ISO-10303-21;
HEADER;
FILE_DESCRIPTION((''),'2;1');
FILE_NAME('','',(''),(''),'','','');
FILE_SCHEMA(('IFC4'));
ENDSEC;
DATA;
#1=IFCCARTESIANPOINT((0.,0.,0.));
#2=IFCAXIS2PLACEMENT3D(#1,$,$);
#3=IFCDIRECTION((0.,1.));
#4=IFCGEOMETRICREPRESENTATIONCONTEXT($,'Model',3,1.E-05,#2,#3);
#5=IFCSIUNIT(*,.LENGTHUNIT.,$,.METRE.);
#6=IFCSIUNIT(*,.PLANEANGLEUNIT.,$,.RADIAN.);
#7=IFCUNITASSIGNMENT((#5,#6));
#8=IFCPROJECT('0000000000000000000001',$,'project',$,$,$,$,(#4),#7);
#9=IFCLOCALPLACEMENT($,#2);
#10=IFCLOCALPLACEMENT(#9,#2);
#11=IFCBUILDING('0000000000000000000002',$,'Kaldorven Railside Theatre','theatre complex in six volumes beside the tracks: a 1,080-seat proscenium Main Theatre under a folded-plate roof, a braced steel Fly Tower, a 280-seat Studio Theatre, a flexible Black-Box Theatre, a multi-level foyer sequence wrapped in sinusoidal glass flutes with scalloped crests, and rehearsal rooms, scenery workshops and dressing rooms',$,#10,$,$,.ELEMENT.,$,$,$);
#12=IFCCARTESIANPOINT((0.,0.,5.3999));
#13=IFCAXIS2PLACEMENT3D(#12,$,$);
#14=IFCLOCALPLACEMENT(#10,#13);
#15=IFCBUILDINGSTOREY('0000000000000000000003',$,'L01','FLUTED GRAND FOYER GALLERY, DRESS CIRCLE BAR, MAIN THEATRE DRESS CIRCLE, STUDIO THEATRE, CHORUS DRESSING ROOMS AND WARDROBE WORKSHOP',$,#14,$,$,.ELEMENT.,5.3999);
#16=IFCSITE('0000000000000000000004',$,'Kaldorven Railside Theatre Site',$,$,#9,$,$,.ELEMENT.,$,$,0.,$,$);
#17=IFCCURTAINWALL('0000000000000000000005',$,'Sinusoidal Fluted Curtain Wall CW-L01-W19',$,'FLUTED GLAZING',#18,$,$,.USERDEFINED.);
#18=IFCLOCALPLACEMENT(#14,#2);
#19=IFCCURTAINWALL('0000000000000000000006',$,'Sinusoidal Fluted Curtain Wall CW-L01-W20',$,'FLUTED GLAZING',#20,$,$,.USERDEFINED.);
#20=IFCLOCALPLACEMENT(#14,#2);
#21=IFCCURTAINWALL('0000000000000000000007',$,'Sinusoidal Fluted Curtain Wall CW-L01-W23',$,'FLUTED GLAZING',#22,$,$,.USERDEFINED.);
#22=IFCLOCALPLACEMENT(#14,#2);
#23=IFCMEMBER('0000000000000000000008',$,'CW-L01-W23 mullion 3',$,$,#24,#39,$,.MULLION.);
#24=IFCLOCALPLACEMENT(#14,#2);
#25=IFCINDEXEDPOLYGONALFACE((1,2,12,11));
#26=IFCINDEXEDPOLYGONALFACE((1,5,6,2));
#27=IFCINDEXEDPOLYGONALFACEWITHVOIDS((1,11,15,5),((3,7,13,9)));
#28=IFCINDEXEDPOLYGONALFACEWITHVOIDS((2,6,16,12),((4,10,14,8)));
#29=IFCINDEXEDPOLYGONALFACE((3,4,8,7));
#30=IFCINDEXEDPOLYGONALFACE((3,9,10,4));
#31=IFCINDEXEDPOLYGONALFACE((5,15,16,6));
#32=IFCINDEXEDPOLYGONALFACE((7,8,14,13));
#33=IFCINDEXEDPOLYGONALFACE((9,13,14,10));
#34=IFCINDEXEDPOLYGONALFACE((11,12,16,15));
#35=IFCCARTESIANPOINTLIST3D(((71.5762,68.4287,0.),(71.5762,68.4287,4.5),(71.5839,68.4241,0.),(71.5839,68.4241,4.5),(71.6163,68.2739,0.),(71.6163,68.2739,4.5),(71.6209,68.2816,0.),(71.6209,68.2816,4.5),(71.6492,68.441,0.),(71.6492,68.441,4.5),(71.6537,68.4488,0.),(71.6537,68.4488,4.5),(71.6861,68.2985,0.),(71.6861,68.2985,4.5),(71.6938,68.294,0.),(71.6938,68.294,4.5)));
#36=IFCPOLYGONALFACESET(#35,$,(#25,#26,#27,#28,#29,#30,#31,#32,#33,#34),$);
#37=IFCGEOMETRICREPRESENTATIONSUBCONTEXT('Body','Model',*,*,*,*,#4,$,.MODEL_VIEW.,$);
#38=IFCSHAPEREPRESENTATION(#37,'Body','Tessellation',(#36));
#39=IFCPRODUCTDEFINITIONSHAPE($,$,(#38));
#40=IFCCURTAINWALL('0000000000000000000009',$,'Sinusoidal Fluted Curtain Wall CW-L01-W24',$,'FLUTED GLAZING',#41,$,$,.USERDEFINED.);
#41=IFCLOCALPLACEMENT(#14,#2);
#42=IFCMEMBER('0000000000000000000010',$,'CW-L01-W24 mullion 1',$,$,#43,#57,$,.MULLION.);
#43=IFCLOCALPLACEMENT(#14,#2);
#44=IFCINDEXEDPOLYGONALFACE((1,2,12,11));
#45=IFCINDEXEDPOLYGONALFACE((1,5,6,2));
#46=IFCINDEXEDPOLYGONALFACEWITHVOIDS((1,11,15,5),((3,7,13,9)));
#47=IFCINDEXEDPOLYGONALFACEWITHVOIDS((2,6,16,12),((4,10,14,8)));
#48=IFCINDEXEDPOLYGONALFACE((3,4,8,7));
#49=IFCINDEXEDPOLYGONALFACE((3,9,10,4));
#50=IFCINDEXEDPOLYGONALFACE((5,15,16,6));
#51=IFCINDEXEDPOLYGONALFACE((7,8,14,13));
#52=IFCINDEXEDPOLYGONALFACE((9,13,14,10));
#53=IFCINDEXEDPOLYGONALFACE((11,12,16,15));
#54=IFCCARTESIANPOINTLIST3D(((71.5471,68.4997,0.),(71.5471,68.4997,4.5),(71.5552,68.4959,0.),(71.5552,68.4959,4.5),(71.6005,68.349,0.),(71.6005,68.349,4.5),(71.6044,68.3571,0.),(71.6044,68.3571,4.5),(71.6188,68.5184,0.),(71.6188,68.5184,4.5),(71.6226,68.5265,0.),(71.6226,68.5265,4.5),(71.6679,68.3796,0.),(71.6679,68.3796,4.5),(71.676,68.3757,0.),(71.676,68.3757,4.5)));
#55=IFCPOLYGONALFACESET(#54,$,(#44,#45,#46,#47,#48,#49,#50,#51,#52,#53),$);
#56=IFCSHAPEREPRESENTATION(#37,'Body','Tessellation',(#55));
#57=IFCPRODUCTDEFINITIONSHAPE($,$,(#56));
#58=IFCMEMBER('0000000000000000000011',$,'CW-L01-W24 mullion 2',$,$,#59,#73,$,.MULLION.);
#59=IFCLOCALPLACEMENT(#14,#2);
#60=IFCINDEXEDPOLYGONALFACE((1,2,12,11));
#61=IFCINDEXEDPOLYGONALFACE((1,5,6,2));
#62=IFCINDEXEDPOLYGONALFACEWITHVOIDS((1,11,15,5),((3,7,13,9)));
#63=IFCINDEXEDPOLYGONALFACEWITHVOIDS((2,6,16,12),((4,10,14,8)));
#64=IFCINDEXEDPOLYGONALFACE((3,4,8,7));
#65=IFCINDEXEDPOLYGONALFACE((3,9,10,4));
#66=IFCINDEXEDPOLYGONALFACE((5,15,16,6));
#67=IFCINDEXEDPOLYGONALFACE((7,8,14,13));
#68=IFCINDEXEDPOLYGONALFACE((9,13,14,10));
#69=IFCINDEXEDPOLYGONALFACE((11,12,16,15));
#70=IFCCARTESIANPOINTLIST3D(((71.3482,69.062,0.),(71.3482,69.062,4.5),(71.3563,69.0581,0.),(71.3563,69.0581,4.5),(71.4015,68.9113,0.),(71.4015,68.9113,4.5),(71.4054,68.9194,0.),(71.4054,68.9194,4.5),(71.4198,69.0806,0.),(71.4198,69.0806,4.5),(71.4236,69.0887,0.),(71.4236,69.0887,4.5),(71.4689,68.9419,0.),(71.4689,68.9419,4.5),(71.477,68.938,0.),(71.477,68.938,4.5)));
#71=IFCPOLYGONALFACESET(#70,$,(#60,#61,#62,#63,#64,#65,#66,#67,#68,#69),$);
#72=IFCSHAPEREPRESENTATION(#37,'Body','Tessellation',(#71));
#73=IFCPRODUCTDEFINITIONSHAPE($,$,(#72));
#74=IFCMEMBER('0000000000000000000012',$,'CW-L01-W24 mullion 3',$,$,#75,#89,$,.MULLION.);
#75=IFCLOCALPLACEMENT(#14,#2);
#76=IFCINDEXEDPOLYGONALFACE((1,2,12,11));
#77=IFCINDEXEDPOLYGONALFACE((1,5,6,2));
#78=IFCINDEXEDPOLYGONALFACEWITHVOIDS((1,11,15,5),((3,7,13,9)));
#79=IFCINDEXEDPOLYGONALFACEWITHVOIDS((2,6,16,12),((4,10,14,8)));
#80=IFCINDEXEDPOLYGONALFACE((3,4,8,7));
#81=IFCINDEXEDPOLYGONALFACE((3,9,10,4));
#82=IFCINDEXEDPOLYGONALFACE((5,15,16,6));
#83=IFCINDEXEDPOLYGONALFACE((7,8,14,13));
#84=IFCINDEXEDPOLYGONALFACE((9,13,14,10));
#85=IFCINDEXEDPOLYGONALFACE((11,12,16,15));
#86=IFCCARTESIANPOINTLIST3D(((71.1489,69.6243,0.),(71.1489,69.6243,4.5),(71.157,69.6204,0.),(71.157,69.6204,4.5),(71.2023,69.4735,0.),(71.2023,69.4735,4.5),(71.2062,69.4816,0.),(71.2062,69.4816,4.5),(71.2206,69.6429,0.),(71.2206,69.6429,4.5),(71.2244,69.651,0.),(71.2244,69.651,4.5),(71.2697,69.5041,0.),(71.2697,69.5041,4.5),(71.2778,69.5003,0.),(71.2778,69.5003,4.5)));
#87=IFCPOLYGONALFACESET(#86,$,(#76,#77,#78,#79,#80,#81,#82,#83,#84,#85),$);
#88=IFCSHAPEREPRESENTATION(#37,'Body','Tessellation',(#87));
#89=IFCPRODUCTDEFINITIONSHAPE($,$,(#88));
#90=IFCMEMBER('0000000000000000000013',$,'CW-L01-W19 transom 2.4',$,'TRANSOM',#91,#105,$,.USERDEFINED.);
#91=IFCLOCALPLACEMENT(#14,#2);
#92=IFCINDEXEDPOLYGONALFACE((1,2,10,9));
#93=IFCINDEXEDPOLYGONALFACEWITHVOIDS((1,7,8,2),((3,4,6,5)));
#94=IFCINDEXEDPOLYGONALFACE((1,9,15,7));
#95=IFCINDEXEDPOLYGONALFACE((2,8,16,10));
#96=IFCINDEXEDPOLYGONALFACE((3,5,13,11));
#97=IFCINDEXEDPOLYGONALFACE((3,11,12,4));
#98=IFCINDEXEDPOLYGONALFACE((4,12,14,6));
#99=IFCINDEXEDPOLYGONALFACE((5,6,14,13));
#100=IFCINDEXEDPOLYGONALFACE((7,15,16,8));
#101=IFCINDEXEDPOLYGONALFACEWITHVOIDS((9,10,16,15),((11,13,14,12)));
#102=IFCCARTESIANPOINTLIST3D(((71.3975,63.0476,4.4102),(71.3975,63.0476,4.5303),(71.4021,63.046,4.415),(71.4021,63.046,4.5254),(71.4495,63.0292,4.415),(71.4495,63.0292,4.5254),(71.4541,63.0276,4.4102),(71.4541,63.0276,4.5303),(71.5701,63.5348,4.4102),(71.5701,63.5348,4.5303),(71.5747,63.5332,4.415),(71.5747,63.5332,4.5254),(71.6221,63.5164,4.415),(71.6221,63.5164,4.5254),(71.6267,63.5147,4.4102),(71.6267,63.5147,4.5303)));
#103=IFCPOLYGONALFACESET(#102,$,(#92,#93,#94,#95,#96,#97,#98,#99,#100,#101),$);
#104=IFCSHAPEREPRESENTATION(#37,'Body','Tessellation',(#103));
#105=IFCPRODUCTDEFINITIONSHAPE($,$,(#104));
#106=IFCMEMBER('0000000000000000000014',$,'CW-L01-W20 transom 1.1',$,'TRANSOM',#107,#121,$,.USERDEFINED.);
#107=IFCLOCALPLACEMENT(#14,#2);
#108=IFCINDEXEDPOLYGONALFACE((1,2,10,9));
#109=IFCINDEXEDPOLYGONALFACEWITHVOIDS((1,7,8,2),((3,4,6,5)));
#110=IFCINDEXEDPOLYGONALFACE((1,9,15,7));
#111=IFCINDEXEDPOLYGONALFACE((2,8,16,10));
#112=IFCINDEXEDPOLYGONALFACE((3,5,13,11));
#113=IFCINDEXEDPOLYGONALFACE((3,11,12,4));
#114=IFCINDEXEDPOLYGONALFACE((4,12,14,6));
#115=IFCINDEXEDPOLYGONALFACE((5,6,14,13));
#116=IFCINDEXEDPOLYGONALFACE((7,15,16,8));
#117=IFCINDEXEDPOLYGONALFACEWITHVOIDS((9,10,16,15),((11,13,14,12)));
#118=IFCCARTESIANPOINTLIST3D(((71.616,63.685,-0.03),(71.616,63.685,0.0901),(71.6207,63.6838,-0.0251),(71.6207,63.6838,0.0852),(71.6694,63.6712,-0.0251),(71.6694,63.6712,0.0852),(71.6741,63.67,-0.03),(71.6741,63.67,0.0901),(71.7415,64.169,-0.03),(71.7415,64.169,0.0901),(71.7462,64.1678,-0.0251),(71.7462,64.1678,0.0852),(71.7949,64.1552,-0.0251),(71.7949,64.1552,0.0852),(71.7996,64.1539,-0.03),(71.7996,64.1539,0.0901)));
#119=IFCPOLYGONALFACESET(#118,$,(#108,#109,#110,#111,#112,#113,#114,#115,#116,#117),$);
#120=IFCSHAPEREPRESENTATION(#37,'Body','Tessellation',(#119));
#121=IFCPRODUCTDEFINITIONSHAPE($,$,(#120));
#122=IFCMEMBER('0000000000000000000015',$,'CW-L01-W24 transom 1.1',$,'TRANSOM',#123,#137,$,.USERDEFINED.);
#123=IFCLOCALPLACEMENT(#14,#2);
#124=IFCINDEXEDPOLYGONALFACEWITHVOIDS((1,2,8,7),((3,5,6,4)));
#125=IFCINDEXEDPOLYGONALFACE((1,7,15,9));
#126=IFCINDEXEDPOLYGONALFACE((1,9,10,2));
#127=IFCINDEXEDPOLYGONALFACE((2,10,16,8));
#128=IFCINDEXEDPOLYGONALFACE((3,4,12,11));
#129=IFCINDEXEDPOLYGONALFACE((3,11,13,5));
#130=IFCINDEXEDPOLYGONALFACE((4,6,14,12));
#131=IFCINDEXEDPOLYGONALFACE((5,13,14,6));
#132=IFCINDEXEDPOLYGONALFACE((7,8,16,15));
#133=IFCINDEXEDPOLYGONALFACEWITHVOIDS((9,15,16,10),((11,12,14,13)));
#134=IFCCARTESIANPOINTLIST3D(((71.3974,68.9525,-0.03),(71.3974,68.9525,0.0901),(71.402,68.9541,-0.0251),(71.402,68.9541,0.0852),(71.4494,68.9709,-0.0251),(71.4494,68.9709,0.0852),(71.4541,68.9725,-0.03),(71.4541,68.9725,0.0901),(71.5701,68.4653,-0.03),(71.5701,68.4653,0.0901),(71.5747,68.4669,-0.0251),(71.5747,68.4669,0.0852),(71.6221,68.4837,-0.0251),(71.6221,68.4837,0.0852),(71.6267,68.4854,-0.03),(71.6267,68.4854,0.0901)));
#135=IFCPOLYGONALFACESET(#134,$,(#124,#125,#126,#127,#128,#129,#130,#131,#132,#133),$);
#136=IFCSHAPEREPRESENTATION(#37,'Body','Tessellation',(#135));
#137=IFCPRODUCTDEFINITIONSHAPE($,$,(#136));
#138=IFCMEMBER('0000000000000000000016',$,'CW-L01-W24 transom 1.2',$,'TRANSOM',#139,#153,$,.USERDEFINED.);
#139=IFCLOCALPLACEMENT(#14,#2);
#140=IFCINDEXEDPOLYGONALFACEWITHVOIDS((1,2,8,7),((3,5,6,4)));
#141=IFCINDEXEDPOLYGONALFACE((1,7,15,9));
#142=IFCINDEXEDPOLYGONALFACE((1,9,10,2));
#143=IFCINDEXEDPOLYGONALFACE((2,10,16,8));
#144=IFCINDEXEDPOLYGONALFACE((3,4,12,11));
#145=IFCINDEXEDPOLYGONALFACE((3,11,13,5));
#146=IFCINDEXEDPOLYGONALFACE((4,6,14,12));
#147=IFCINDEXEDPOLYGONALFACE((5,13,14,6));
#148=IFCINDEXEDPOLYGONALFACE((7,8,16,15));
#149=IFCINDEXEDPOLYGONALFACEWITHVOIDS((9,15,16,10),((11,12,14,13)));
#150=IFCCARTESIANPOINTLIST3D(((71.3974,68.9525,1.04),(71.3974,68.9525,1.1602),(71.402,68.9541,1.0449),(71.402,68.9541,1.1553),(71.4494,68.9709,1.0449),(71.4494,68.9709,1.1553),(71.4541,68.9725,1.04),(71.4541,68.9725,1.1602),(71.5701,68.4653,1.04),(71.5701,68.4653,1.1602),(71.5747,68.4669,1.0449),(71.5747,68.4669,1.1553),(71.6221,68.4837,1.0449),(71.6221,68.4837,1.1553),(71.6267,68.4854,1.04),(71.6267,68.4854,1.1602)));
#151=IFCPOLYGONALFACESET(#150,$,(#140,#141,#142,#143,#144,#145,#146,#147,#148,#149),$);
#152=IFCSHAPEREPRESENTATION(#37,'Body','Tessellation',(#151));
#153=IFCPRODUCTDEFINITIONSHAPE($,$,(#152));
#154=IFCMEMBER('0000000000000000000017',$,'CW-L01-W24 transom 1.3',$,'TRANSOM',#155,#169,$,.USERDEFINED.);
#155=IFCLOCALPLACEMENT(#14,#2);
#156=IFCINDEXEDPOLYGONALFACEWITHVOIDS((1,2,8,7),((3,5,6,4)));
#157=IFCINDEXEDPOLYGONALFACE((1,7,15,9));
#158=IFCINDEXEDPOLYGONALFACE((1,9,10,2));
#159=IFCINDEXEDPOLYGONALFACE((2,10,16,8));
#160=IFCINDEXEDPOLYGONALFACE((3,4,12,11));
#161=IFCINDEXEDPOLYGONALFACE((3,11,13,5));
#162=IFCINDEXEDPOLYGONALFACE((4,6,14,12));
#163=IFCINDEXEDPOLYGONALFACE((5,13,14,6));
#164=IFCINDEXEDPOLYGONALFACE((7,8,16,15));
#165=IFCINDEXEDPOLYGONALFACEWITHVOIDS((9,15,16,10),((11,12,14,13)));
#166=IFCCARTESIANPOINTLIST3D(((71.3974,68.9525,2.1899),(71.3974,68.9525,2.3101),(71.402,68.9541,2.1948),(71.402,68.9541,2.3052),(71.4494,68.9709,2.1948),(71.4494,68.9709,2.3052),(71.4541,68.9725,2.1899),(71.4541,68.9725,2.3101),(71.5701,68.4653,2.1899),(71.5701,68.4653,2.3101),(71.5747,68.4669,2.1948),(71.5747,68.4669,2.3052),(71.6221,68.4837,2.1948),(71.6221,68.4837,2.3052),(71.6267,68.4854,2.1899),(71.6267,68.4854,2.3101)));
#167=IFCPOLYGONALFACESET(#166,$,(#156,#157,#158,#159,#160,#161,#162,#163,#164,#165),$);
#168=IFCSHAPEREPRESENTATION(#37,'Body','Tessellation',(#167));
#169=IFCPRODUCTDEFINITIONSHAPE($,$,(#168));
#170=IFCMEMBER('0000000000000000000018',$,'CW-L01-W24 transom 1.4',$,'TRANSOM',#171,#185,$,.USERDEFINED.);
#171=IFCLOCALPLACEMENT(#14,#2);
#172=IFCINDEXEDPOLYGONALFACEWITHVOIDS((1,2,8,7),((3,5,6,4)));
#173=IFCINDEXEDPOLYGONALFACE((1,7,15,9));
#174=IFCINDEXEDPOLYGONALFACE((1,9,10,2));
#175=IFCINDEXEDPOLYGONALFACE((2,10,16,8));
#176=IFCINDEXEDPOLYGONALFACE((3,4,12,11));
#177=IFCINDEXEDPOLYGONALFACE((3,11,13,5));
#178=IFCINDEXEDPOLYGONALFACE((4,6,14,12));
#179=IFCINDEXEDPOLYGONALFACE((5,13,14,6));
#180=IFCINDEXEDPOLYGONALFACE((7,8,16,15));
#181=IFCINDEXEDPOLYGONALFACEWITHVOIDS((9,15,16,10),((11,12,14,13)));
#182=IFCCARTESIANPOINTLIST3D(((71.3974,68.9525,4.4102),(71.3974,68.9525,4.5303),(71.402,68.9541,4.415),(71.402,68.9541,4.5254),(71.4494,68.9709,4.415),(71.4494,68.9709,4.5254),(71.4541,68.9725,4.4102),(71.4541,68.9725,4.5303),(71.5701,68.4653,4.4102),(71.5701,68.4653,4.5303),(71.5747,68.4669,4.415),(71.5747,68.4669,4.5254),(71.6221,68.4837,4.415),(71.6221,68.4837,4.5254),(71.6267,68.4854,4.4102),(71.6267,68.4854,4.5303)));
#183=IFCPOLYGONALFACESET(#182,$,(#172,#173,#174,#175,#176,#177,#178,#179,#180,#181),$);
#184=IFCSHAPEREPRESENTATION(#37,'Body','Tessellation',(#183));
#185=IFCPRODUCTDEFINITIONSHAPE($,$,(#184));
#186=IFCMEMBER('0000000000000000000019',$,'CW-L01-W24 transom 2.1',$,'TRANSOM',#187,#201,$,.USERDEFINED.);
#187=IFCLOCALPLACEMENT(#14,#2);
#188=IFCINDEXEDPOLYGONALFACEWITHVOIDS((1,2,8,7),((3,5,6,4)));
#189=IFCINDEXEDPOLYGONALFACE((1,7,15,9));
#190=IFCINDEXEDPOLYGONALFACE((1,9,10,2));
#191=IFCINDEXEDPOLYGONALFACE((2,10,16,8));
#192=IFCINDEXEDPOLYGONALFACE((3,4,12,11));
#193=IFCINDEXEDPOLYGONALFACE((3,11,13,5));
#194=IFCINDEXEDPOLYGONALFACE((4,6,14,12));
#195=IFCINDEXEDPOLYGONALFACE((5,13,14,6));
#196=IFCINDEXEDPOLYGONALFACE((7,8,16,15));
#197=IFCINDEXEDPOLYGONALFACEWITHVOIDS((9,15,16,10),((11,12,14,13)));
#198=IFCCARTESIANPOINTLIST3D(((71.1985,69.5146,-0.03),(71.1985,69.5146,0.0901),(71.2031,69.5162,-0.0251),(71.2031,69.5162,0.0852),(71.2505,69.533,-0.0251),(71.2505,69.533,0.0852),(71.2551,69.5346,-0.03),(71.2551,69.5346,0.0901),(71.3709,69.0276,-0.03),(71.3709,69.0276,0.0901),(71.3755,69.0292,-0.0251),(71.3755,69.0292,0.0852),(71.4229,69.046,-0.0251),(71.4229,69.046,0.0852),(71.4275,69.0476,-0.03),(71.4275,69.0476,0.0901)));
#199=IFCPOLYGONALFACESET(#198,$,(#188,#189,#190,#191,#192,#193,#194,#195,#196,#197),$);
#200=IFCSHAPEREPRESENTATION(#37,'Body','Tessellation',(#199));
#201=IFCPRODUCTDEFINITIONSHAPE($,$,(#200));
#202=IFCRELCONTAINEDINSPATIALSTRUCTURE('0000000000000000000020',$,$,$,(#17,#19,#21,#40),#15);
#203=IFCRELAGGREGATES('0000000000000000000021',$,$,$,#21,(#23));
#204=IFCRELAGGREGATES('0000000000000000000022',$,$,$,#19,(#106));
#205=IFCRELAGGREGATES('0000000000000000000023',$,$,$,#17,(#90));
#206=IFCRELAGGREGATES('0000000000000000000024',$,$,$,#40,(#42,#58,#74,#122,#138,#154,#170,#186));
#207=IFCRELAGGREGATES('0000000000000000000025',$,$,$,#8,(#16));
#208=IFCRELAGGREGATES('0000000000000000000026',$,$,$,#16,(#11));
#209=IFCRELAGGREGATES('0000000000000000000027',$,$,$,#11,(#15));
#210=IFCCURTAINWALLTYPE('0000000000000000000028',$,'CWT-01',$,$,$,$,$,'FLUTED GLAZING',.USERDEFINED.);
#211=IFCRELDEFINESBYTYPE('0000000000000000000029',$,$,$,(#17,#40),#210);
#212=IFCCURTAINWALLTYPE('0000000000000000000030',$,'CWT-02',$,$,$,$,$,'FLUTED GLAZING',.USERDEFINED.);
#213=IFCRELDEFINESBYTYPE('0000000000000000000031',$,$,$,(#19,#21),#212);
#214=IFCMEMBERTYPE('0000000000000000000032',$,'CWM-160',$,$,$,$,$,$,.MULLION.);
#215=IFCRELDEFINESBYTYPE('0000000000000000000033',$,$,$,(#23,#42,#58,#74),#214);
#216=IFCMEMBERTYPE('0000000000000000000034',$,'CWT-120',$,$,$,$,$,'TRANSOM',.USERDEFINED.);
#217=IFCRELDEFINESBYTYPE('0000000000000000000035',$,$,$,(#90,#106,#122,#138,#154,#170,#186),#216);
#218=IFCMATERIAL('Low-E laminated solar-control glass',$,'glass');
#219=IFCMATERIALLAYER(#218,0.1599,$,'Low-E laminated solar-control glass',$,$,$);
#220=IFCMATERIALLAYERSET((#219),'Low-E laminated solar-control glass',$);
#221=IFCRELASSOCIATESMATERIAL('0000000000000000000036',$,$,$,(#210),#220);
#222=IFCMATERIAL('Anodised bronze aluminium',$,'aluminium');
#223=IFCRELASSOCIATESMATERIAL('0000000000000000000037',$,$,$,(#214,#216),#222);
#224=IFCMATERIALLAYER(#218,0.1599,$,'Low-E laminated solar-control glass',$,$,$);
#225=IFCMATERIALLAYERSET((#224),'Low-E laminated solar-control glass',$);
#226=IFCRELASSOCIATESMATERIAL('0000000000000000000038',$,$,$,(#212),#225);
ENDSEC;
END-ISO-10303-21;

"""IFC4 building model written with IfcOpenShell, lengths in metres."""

from ifc_helpers import new_model, si_unit, direction, frame, origin, origin_2d, place, context, subcontext, project, spatial, hollow_rectangle, extrude, material, layer, layer_set, material_profile, profile_set, type_object, element, aggregate, save


model = new_model("IFC4")

# Units and contexts
model_context = context("Model", 3, precision=1e-05, world=origin(), true_north=direction((0.0, 1.0)))
body_context = subcontext(model_context, "Body", "Model", "MODEL_VIEW")
ifc_project = project(units=[si_unit("LENGTHUNIT", "METRE"), si_unit("PLANEANGLEUNIT", "RADIAN")], contexts=[model_context])

# Site, building, storey
site_placement = place(None, origin())
site = spatial("IfcSite", under=ifc_project, at=site_placement, Name="Kaldorven Railside Theatre Site", CompositionType="ELEMENT", RefElevation=0.0)
building_placement = place(site_placement, origin())
building = spatial("IfcBuilding", under=site, at=building_placement, Name="Kaldorven Railside Theatre", Description="theatre complex in six volumes beside the tracks: a 1,080-seat proscenium Main Theatre under a folded-plate roof, a braced steel Fly Tower, a 280-seat Studio Theatre, a flexible Black-Box Theatre, a multi-level foyer sequence wrapped in sinusoidal glass flutes with scalloped crests, and rehearsal rooms, scenery workshops and dressing rooms", CompositionType="ELEMENT")
storey_placement = place(building_placement, frame((0.0, 0.0, 5.3999)))
storey = spatial("IfcBuildingStorey", under=building, at=storey_placement, Name="L01", Description="FLUTED GRAND FOYER GALLERY, DRESS CIRCLE BAR, MAIN THEATRE DRESS CIRCLE, STUDIO THEATRE, CHORUS DRESSING ROOMS AND WARDROBE WORKSHOP", CompositionType="ELEMENT", Elevation=5.3999)

# Curtain walls, member
ifc_material_1 = material(Name="Low-E laminated solar-control glass", Category="glass")
ifc_layer_1 = layer(ifc_material_1, 0.1599, Name="Low-E laminated solar-control glass")
ifc_layer_set_1 = layer_set([ifc_layer_1], Name="Low-E laminated solar-control glass")
curtain_wall_type_1 = type_object("IfcCurtainWallType", Name="CWT-01", ElementType="FLUTED GLAZING", PredefinedType="USERDEFINED", material=ifc_layer_set_1)
curtain_wall_1_placement = place(storey_placement, origin())
curtain_wall_1 = element("IfcCurtainWall", 1, at=curtain_wall_1_placement, inside=storey, type_object=curtain_wall_type_1, Name="Sinusoidal Fluted Curtain Wall CW-L01-W19", ObjectType="FLUTED GLAZING", PredefinedType="USERDEFINED")
ifc_material_2 = material(Name="Anodised bronze aluminium", Category="aluminium")
ifc_material_profile_1 = material_profile(ifc_material_2, hollow_rectangle(XDim=0.0801, YDim=0.1599, WallThickness=0.0063, at=origin_2d()), Name="RHS 160x80x6.3")
ifc_profile_set_1 = profile_set([ifc_material_profile_1], Name="Anodised bronze aluminium")
member_type_1 = type_object("IfcMemberType", Name="CWM-160", PredefinedType="MULLION", material=ifc_profile_set_1)
ifc_layer_2 = layer(ifc_material_1, 0.1599, Name="Low-E laminated solar-control glass")
ifc_layer_set_2 = layer_set([ifc_layer_2], Name="Low-E laminated solar-control glass")
curtain_wall_type_2 = type_object("IfcCurtainWallType", Name="CWT-02", ElementType="FLUTED GLAZING", PredefinedType="USERDEFINED", material=ifc_layer_set_2)
curtain_wall_2_placement = place(storey_placement, origin())
curtain_wall_2 = element("IfcCurtainWall", 2, at=curtain_wall_2_placement, inside=storey, type_object=curtain_wall_type_2, Name="Sinusoidal Fluted Curtain Wall CW-L01-W20", ObjectType="FLUTED GLAZING", PredefinedType="USERDEFINED")
curtain_wall_3_placement = place(storey_placement, origin())
curtain_wall_3 = element("IfcCurtainWall", 3, at=curtain_wall_3_placement, inside=storey, type_object=curtain_wall_type_2, Name="Sinusoidal Fluted Curtain Wall CW-L01-W23", ObjectType="FLUTED GLAZING", PredefinedType="USERDEFINED")
member_1_placement = place(storey_placement, frame((71.635, 68.3613, 0.0), z_axis=(0.0, 0.0, 1.0), x_axis=(-0.967999, -0.250954, 0.0)))
member_1 = element("IfcMember", 4, at=member_1_placement, type_object=member_type_1, Name="CW-L01-W23 mullion 3", PredefinedType="MULLION", context=body_context, shape_type="SweptSolid", body=[
    extrude(hollow_rectangle(XDim=0.0801, YDim=0.1599, WallThickness=0.0063, at=origin_2d()), origin(), (0.0, 0.0, 1.0), 4.5),
])
aggregate(curtain_wall_3, [member_1])

# Curtain wall, members
curtain_wall_4_placement = place(storey_placement, origin())
curtain_wall_4 = element("IfcCurtainWall", 5, at=curtain_wall_4_placement, inside=storey, type_object=curtain_wall_type_1, Name="Sinusoidal Fluted Curtain Wall CW-L01-W24", ObjectType="FLUTED GLAZING", PredefinedType="USERDEFINED")
member_2_placement = place(storey_placement, frame((71.6116, 68.4377, 0.0), z_axis=(0.0, 0.0, 1.0), x_axis=(-0.942627, -0.333847, 0.0)))
member_2 = element("IfcMember", 6, at=member_2_placement, type_object=member_type_1, Name="CW-L01-W24 mullion 1", PredefinedType="MULLION", context=body_context, shape_type="SweptSolid", body=[
    extrude(hollow_rectangle(XDim=0.0801, YDim=0.1599, WallThickness=0.0063, at=origin_2d()), origin(), (0.0, 0.0, 1.0), 4.5),
])
member_3_placement = place(storey_placement, frame((71.4126, 69.0, 0.0), z_axis=(0.0, 0.0, 1.0), x_axis=(-0.942627, -0.333847, 0.0)))
member_3 = element("IfcMember", 7, at=member_3_placement, type_object=member_type_1, Name="CW-L01-W24 mullion 2", PredefinedType="MULLION", context=body_context, shape_type="SweptSolid", body=[
    extrude(hollow_rectangle(XDim=0.0801, YDim=0.1599, WallThickness=0.0063, at=origin_2d()), origin(), (0.0, 0.0, 1.0), 4.5),
])
member_4_placement = place(storey_placement, frame((71.2134, 69.5623, 0.0), z_axis=(0.0, 0.0, 1.0), x_axis=(-0.942627, -0.333847, 0.0)))
member_4 = element("IfcMember", 8, at=member_4_placement, type_object=member_type_1, Name="CW-L01-W24 mullion 3", PredefinedType="MULLION", context=body_context, shape_type="SweptSolid", body=[
    extrude(hollow_rectangle(XDim=0.0801, YDim=0.1599, WallThickness=0.0063, at=origin_2d()), origin(), (0.0, 0.0, 1.0), 4.5),
])

# Members
ifc_material_profile_2 = material_profile(ifc_material_2, hollow_rectangle(XDim=0.0601, YDim=0.1201, WallThickness=0.0049, at=origin_2d()), Name="RHS 120x60x5")
ifc_profile_set_2 = profile_set([ifc_material_profile_2], Name="Anodised bronze aluminium")
member_type_2 = type_object("IfcMemberType", Name="CWT-120", ElementType="TRANSOM", PredefinedType="USERDEFINED", material=ifc_profile_set_2)
member_5_placement = place(storey_placement, frame((71.4258, 63.0376, 4.4702), z_axis=(0.334031, 0.942562, 0.0), x_axis=(-0.942562, 0.334031, 0.0)))
member_5 = element("IfcMember", 9, at=member_5_placement, type_object=member_type_2, Name="CW-L01-W19 transom 2.4", ObjectType="TRANSOM", PredefinedType="USERDEFINED", context=body_context, shape_type="SweptSolid", body=[
    extrude(hollow_rectangle(XDim=0.0601, YDim=0.1201, WallThickness=0.0049, at=origin_2d()), origin(), (0.0, 0.0, 1.0), 0.5168),
])
member_6_placement = place(storey_placement, frame((71.645, 63.6775, 0.03), z_axis=(0.25103, 0.967979, 0.0), x_axis=(-0.967979, 0.25103, 0.0)))
member_6 = element("IfcMember", 10, at=member_6_placement, type_object=member_type_2, Name="CW-L01-W20 transom 1.1", ObjectType="TRANSOM", PredefinedType="USERDEFINED", context=body_context, shape_type="SweptSolid", body=[
    extrude(hollow_rectangle(XDim=0.0601, YDim=0.1201, WallThickness=0.0049, at=origin_2d()), origin(), (0.0, 0.0, 1.0), 0.5),
])
aggregate(curtain_wall_2, [member_6])
member_7_placement = place(storey_placement, frame((71.5984, 68.4753, 0.03), z_axis=(-0.334031, 0.942562, 0.0), x_axis=(-0.942562, -0.334031, 0.0)))
member_7 = element("IfcMember", 11, at=member_7_placement, type_object=member_type_2, Name="CW-L01-W24 transom 1.1", ObjectType="TRANSOM", PredefinedType="USERDEFINED", context=body_context, shape_type="SweptSolid", body=[
    extrude(hollow_rectangle(XDim=0.0601, YDim=0.1201, WallThickness=0.0049, at=origin_2d()), origin(), (0.0, 0.0, 1.0), 0.5168),
])
member_8_placement = place(storey_placement, frame((71.5984, 68.4753, 1.1001), z_axis=(-0.334031, 0.942562, 0.0), x_axis=(-0.942562, -0.334031, 0.0)))
member_8 = element("IfcMember", 12, at=member_8_placement, type_object=member_type_2, Name="CW-L01-W24 transom 1.2", ObjectType="TRANSOM", PredefinedType="USERDEFINED", context=body_context, shape_type="SweptSolid", body=[
    extrude(hollow_rectangle(XDim=0.0601, YDim=0.1201, WallThickness=0.0049, at=origin_2d()), origin(), (0.0, 0.0, 1.0), 0.5168),
])
member_9_placement = place(storey_placement, frame((71.5984, 68.4753, 2.25), z_axis=(-0.334031, 0.942562, 0.0), x_axis=(-0.942562, -0.334031, 0.0)))
member_9 = element("IfcMember", 13, at=member_9_placement, type_object=member_type_2, Name="CW-L01-W24 transom 1.3", ObjectType="TRANSOM", PredefinedType="USERDEFINED", context=body_context, shape_type="SweptSolid", body=[
    extrude(hollow_rectangle(XDim=0.0601, YDim=0.1201, WallThickness=0.0049, at=origin_2d()), origin(), (0.0, 0.0, 1.0), 0.5168),
])
member_10_placement = place(storey_placement, frame((71.5984, 68.4753, 4.4702), z_axis=(-0.334031, 0.942562, 0.0), x_axis=(-0.942562, -0.334031, 0.0)))
member_10 = element("IfcMember", 14, at=member_10_placement, type_object=member_type_2, Name="CW-L01-W24 transom 1.4", ObjectType="TRANSOM", PredefinedType="USERDEFINED", context=body_context, shape_type="SweptSolid", body=[
    extrude(hollow_rectangle(XDim=0.0601, YDim=0.1201, WallThickness=0.0049, at=origin_2d()), origin(), (0.0, 0.0, 1.0), 0.5168),
])
member_11_placement = place(storey_placement, frame((71.3992, 69.0376, 0.03), z_axis=(-0.333611, 0.942711, 0.0), x_axis=(-0.942711, -0.333611, 0.0)))
member_11 = element("IfcMember", 15, at=member_11_placement, type_object=member_type_2, Name="CW-L01-W24 transom 2.1", ObjectType="TRANSOM", PredefinedType="USERDEFINED", context=body_context, shape_type="SweptSolid", body=[
    extrude(hollow_rectangle(XDim=0.0601, YDim=0.1201, WallThickness=0.0049, at=origin_2d()), origin(), (0.0, 0.0, 1.0), 0.5166),
])

aggregate(curtain_wall_1, [member_5])
aggregate(curtain_wall_4, [member_2, member_3, member_4, member_7, member_8, member_9, member_10, member_11])

save(model, "model.ifc")
